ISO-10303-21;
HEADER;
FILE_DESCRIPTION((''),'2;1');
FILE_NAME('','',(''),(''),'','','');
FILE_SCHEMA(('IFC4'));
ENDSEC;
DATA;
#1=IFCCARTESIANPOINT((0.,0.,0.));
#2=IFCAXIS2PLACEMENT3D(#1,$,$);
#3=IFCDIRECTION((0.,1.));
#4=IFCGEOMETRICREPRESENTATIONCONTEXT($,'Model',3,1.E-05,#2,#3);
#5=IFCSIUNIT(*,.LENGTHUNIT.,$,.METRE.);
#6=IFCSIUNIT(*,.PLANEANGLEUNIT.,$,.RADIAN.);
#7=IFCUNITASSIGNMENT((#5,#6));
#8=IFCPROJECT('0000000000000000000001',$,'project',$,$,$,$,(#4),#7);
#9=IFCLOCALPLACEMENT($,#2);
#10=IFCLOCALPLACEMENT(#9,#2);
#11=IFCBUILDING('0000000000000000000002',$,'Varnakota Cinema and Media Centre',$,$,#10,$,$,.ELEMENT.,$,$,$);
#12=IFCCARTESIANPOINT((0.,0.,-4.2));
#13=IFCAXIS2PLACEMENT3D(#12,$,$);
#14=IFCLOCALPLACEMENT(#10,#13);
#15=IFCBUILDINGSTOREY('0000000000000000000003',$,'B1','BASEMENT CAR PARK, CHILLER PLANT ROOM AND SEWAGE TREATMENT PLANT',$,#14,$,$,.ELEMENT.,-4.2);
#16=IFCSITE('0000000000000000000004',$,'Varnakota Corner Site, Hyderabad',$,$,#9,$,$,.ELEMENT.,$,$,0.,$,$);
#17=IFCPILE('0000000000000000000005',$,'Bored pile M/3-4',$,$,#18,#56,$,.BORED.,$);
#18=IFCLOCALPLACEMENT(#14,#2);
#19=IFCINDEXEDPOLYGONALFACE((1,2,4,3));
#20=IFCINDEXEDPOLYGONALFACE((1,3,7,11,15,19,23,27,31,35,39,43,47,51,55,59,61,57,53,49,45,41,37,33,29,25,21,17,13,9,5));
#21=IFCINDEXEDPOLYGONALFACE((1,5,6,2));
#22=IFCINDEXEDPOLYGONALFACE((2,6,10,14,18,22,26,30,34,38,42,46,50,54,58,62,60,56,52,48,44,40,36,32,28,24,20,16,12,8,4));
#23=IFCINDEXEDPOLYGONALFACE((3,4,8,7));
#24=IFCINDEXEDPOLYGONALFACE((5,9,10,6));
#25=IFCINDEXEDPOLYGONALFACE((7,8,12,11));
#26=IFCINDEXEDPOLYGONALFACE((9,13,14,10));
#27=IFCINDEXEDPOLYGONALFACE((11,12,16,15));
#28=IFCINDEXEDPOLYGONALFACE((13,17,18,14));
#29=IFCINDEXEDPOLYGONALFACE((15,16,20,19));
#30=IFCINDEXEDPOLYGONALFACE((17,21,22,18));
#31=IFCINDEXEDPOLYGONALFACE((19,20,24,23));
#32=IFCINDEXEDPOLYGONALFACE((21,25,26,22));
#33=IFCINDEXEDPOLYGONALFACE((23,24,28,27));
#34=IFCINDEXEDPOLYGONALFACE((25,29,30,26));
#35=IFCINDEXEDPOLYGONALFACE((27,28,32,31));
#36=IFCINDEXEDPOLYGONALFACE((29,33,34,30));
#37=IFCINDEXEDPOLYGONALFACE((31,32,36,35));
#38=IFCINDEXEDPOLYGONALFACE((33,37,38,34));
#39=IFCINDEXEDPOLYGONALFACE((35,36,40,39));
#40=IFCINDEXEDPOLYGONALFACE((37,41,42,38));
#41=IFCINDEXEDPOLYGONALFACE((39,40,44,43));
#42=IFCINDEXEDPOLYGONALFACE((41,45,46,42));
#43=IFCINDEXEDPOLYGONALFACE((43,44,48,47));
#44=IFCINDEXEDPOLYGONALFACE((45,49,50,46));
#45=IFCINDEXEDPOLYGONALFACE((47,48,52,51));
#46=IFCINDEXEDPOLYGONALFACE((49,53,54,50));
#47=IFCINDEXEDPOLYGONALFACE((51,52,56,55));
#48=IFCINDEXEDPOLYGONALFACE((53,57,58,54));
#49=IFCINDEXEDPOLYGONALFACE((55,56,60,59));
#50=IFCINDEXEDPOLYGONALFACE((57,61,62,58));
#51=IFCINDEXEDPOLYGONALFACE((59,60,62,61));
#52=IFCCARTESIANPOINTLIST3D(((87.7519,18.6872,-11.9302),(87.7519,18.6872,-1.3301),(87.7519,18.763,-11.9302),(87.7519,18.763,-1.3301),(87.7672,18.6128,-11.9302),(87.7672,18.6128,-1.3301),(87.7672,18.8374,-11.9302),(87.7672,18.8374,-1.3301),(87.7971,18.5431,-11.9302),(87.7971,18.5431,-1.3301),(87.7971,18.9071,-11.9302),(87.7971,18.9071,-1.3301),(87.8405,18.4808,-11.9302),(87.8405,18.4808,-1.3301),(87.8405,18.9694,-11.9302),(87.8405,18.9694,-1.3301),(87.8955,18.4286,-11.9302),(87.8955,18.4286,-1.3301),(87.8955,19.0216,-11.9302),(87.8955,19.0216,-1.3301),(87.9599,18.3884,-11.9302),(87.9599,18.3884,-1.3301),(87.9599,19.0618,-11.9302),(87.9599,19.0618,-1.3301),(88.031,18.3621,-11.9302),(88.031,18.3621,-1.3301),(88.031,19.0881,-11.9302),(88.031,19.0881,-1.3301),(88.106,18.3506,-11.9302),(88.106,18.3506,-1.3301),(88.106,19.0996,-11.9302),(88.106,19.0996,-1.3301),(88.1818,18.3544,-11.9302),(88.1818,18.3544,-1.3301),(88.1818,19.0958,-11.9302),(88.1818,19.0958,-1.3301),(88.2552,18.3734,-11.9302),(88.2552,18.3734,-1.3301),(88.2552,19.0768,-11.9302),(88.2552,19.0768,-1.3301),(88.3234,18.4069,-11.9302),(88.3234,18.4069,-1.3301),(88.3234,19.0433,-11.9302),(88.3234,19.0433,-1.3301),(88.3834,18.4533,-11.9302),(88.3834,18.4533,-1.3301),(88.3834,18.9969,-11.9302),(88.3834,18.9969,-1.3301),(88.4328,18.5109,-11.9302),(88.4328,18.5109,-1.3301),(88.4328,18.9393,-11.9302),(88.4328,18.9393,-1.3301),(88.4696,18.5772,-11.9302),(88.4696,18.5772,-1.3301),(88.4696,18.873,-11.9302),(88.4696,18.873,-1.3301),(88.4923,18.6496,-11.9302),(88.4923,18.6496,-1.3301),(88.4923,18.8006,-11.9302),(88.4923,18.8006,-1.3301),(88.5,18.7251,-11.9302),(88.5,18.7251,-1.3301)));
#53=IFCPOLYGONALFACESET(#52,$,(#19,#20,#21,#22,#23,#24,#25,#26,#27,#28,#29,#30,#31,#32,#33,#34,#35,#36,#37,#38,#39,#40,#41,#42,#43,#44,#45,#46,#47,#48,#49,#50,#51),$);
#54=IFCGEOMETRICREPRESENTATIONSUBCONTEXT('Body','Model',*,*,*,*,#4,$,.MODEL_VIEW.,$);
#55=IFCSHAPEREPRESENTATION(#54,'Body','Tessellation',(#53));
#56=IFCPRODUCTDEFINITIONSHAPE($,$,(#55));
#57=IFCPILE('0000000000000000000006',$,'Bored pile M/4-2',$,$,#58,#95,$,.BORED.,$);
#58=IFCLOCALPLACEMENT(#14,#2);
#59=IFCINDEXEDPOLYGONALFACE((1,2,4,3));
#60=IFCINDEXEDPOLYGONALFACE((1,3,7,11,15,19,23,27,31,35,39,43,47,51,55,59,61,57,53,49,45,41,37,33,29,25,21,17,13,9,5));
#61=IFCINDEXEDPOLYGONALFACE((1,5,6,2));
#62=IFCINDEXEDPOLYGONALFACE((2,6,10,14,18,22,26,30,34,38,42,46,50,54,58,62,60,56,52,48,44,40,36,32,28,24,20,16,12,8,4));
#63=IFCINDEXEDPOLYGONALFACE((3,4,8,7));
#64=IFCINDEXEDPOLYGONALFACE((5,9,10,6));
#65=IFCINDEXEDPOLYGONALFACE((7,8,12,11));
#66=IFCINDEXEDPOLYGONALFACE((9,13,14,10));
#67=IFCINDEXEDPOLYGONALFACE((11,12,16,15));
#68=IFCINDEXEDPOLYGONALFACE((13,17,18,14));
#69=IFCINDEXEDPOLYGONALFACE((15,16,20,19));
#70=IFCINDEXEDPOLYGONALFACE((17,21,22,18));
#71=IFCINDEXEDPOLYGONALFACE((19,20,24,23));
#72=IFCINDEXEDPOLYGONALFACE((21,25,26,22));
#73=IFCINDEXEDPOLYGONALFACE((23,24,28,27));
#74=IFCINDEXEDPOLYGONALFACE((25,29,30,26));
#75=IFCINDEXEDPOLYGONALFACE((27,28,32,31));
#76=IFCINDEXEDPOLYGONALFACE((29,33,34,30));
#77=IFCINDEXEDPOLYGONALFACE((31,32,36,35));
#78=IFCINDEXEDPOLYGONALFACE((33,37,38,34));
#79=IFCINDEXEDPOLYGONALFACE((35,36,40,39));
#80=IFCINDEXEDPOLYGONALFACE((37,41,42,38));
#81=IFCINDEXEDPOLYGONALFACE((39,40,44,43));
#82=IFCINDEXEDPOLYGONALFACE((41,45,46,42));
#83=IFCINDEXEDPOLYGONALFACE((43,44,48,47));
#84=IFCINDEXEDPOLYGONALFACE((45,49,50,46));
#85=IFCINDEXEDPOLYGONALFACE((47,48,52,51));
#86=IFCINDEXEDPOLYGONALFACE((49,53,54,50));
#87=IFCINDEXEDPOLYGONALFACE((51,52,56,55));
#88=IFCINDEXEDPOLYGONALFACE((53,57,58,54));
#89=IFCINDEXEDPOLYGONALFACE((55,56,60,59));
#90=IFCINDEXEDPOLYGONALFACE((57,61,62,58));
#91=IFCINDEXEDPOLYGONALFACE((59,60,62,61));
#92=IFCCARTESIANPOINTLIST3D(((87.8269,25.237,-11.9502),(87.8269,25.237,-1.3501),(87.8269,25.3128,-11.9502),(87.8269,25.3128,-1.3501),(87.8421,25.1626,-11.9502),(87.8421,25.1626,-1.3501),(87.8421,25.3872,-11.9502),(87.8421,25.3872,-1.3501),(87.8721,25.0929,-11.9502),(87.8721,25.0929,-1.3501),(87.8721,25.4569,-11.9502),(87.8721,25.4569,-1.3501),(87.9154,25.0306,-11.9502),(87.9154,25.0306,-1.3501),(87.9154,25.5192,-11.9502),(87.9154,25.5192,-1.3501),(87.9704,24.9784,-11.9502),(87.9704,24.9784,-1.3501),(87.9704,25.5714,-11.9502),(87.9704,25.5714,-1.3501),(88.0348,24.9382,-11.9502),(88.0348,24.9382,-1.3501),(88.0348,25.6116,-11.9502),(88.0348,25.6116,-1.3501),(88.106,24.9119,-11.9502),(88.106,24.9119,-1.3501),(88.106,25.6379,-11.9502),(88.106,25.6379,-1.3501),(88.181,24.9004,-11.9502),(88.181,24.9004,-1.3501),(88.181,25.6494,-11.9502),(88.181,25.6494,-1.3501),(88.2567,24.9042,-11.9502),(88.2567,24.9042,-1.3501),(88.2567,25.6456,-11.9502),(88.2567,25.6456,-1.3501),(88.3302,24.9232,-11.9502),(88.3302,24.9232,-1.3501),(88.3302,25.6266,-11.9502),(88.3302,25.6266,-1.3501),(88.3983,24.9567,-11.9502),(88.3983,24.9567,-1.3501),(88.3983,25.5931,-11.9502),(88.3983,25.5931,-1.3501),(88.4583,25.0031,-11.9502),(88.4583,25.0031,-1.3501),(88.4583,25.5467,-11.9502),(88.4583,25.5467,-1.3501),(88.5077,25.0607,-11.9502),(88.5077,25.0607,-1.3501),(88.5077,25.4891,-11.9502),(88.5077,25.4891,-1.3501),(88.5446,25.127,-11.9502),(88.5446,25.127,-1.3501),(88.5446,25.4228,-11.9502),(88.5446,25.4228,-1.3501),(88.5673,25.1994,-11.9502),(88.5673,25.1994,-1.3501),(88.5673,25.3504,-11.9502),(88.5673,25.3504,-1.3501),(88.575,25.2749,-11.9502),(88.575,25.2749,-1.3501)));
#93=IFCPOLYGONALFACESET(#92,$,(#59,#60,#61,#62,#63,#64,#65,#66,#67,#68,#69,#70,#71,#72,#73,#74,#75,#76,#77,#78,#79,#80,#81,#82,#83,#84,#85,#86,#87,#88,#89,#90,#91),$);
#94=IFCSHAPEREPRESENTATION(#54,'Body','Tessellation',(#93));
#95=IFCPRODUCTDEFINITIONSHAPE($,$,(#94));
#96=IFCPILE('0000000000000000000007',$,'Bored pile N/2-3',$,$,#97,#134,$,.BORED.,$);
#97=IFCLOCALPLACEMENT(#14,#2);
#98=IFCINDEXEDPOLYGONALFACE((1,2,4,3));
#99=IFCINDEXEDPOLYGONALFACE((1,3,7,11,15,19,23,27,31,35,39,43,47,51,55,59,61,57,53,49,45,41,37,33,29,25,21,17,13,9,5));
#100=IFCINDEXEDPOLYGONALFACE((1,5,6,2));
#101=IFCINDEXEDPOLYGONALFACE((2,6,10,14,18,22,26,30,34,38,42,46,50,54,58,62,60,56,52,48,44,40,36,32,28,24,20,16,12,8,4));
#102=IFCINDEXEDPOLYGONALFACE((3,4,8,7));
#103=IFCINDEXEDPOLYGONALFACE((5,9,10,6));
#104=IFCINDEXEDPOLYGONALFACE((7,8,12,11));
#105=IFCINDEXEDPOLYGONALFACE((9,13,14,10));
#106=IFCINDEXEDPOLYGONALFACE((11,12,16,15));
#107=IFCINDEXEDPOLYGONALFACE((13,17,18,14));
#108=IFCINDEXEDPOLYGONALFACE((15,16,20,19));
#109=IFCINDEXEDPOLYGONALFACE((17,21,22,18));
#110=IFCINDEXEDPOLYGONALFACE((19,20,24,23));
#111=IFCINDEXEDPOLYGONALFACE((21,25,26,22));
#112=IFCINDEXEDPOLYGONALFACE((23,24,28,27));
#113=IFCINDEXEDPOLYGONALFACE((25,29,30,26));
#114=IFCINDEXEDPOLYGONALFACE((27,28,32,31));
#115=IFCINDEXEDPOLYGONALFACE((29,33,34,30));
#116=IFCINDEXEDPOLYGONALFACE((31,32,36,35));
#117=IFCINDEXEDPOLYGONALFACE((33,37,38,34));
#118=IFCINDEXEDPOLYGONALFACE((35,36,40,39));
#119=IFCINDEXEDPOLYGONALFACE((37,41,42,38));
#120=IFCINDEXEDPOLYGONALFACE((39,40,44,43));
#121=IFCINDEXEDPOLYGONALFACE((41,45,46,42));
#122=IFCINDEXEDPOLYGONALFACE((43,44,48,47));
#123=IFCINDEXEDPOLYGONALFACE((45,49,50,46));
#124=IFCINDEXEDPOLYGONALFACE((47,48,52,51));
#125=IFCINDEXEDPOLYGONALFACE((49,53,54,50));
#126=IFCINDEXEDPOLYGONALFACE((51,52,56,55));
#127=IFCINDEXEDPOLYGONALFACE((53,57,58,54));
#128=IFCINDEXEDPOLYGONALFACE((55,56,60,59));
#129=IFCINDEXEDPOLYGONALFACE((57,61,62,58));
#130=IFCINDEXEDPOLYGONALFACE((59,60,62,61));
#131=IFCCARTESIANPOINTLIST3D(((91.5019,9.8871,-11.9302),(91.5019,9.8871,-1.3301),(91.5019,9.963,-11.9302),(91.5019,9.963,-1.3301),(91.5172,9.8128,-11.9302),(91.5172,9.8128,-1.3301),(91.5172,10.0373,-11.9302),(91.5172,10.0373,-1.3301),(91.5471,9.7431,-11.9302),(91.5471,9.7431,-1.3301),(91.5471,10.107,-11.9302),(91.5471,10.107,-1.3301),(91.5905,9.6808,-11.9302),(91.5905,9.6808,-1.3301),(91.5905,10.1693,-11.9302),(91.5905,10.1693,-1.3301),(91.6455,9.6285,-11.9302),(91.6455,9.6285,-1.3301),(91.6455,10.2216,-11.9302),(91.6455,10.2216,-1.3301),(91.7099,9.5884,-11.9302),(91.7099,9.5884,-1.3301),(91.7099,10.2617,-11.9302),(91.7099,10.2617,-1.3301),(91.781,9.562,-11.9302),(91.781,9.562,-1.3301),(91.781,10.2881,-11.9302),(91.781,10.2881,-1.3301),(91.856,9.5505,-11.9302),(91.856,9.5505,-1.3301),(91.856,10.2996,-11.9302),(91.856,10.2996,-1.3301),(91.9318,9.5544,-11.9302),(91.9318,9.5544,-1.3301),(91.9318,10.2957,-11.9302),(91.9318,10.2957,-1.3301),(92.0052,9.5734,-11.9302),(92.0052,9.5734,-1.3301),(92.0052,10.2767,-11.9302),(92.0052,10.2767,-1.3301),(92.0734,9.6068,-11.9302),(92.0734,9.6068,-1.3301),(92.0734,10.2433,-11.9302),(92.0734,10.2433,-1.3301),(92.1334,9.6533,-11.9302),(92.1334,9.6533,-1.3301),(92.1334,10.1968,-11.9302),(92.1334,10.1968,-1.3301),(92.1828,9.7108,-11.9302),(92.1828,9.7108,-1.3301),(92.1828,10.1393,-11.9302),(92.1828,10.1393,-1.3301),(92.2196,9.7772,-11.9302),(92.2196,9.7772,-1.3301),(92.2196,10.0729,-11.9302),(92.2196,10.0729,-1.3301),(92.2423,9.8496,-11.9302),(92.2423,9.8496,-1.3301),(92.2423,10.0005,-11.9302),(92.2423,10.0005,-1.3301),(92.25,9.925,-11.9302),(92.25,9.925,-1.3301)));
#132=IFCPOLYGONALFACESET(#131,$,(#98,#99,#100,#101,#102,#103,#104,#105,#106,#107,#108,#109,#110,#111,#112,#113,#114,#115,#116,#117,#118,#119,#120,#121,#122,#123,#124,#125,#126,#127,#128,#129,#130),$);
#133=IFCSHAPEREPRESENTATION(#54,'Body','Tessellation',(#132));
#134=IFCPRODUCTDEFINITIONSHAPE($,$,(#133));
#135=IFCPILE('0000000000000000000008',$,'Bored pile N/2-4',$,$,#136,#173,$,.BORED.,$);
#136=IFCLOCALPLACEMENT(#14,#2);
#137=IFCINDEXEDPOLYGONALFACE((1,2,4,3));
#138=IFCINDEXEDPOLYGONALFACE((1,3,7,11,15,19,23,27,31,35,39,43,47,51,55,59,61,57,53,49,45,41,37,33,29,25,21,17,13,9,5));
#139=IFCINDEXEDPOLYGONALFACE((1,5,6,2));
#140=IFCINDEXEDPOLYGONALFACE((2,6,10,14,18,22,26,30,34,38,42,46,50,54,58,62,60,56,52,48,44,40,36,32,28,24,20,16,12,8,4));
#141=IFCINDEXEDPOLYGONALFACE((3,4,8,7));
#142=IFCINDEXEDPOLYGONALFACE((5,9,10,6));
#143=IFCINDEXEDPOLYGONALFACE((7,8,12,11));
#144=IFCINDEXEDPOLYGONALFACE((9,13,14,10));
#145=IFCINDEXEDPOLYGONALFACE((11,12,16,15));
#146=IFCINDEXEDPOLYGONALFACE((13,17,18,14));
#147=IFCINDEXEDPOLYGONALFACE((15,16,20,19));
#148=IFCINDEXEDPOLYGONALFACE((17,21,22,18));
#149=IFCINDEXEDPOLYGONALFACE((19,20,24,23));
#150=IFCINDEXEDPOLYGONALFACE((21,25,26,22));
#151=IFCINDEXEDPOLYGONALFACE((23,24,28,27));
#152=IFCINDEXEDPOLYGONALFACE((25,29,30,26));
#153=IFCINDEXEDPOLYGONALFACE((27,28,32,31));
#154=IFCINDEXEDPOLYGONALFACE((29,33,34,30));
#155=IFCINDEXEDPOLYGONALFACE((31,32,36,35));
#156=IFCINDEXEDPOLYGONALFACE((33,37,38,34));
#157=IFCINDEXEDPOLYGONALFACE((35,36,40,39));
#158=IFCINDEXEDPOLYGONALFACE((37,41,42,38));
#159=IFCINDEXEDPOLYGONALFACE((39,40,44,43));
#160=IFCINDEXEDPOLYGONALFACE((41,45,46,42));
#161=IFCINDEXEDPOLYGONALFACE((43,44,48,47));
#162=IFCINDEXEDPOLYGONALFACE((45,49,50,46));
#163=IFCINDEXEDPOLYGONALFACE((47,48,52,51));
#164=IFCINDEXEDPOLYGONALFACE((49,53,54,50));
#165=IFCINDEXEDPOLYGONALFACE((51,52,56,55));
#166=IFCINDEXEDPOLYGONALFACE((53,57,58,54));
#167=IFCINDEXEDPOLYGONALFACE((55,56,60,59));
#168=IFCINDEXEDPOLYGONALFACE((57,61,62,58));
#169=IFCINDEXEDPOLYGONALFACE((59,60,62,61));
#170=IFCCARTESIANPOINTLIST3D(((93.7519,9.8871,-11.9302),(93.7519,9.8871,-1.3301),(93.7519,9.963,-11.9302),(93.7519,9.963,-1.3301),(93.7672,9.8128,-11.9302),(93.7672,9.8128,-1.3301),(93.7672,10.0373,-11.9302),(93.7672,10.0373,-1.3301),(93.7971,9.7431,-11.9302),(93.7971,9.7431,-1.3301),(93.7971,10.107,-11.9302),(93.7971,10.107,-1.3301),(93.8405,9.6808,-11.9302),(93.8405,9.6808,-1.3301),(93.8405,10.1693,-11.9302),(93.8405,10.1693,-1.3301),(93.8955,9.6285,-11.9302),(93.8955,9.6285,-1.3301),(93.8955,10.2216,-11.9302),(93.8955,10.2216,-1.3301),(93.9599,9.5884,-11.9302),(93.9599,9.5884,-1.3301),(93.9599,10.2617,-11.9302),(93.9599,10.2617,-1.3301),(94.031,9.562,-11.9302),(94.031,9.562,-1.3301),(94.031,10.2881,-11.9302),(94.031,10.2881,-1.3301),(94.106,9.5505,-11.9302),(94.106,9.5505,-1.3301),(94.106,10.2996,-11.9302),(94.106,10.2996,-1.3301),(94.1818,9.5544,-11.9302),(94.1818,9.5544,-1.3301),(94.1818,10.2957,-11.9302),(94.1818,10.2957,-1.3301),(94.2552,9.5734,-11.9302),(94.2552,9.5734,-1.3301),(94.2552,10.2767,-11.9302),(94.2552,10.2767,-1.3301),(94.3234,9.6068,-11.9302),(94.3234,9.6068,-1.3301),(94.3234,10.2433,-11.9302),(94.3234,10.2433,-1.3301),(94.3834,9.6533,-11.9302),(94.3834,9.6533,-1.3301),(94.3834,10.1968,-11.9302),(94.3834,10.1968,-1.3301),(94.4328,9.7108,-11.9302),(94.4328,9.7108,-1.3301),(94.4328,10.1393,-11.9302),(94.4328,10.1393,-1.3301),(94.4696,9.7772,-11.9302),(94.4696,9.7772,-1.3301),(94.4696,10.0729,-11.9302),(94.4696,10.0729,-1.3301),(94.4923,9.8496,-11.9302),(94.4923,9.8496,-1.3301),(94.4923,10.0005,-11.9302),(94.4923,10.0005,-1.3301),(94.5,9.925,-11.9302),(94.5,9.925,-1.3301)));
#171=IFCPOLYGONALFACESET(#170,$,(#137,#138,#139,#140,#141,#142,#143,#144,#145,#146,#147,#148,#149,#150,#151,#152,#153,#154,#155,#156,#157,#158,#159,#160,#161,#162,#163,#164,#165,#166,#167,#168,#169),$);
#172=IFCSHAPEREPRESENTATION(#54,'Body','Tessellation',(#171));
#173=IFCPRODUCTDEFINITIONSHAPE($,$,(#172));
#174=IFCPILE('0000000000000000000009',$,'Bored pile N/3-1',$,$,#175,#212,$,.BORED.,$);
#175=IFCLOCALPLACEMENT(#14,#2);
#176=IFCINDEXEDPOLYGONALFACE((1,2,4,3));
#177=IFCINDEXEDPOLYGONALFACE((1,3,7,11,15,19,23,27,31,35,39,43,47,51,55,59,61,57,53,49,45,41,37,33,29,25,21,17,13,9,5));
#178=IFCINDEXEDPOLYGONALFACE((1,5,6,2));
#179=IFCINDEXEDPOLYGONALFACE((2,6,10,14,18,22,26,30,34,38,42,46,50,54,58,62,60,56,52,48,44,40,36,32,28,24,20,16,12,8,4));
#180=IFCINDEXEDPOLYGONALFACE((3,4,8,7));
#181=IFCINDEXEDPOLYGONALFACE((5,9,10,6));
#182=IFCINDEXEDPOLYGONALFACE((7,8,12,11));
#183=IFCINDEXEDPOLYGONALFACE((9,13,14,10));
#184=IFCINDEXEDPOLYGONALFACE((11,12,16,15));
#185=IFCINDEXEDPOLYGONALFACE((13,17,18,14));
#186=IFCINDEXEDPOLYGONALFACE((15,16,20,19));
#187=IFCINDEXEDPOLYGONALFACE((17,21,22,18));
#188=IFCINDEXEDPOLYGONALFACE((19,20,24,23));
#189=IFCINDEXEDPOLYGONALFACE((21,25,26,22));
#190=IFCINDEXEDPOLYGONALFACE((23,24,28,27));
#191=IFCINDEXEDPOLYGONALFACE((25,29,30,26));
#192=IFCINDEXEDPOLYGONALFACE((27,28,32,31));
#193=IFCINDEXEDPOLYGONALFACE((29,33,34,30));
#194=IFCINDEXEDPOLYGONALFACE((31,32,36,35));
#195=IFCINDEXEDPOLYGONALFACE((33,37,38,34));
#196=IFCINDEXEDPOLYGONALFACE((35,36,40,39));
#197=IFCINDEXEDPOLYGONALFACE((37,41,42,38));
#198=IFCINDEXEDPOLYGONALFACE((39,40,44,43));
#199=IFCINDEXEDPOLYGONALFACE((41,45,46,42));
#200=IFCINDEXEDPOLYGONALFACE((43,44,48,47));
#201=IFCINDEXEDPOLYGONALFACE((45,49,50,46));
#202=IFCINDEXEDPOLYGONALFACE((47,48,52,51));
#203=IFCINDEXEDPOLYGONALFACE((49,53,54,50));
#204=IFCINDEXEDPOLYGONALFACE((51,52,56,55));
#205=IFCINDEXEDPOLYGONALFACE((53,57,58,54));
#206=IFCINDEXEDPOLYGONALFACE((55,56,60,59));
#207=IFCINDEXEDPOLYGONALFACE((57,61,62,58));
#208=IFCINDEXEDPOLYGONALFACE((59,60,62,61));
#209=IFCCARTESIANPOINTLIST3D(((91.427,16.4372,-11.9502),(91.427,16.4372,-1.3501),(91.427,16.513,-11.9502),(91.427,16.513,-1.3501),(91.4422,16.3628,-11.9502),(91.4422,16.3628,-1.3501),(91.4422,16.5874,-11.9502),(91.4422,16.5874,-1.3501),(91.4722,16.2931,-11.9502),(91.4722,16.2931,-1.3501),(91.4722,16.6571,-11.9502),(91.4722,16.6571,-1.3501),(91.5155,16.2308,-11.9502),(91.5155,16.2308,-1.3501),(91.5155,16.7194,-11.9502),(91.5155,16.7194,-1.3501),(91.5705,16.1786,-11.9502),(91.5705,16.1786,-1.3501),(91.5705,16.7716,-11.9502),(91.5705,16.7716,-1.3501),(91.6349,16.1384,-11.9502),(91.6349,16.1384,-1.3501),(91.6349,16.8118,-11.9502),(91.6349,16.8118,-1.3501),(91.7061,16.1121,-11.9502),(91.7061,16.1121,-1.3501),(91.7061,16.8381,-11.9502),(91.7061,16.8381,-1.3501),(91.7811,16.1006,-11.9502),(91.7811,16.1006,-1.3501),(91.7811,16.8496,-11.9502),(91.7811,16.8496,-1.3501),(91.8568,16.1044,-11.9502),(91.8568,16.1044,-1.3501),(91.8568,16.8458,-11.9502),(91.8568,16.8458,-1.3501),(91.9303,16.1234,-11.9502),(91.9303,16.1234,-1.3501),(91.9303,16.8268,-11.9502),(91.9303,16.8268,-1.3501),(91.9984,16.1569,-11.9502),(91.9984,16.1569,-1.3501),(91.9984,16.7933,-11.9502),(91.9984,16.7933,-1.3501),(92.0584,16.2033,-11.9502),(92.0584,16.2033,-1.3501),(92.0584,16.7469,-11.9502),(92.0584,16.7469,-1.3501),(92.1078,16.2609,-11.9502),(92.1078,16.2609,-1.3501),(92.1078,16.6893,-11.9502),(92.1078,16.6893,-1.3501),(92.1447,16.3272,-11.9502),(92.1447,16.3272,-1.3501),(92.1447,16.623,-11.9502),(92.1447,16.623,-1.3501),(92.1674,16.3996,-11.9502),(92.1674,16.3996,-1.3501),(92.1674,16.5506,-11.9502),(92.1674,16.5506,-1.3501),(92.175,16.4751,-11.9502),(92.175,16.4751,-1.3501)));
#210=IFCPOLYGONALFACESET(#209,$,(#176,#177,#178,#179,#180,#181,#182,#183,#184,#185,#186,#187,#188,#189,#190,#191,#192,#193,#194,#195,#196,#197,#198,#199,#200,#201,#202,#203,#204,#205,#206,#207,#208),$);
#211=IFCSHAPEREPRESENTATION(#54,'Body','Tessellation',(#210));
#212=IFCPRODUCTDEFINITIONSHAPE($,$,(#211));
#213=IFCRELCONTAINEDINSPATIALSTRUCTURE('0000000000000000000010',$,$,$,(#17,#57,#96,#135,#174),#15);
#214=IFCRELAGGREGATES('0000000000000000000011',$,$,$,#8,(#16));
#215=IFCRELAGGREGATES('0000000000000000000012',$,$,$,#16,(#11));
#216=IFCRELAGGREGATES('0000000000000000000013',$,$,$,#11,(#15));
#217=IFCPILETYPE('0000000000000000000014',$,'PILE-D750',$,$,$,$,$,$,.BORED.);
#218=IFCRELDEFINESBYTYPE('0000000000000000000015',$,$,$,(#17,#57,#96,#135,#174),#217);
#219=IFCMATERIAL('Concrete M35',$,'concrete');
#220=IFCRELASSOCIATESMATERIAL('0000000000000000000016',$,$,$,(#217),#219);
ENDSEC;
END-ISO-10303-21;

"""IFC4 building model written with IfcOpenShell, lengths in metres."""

from ifc_helpers import new_model, si_unit, direction, frame, origin, origin_2d, place, context, subcontext, project, spatial, circle, extrude, material, material_profile, profile_set, type_object, element, save


model = new_model("IFC4")

# Units and contexts
model_context = context("Model", 3, precision=1e-05, world=origin(), true_north=direction((0.0, 1.0)))
body_context = subcontext(model_context, "Body", "Model", "MODEL_VIEW")
ifc_project = project(units=[si_unit("LENGTHUNIT", "METRE"), si_unit("PLANEANGLEUNIT", "RADIAN")], contexts=[model_context])

# Site, building, storey
site_placement = place(None, origin())
site = spatial("IfcSite", under=ifc_project, at=site_placement, Name="Varnakota Corner Site, Hyderabad", CompositionType="ELEMENT", RefElevation=0.0)
building_placement = place(site_placement, origin())
building = spatial("IfcBuilding", under=site, at=building_placement, Name="Varnakota Cinema and Media Centre", CompositionType="ELEMENT")
storey_placement = place(building_placement, frame((0.0, 0.0, -4.2)))
storey = spatial("IfcBuildingStorey", under=building, at=storey_placement, Name="B1", Description="BASEMENT CAR PARK, CHILLER PLANT ROOM AND SEWAGE TREATMENT PLANT", CompositionType="ELEMENT", Elevation=-4.2)

# Piles
ifc_material_1 = material(Name="Concrete M35", Category="concrete")
ifc_material_profile_1 = material_profile(ifc_material_1, circle(Radius=0.375, at=origin_2d()), Name="PILE D750")
ifc_profile_set_1 = profile_set([ifc_material_profile_1], Name="Concrete M35")
pile_type_1 = type_object("IfcPileType", Name="PILE-D750", PredefinedType="BORED", material=ifc_profile_set_1)
for number, where, z_axis, x_axis, name in (
    (1, (88.125, 18.7251, -1.3301), (0.0, 0.0, -1.0), (1.0, 0.0, 0.0), "Bored pile M/3-4"),
    (2, (88.2, 25.2749, -1.3501), (0.0, 0.0, -1.0), (1.0, 0.0, 0.0), "Bored pile M/4-2"),
    (3, (91.875, 9.925, -1.3301), (0.0, 0.0, -1.0), (1.0, 0.0, 0.0), "Bored pile N/2-3"),
    (4, (94.125, 9.925, -1.3301), (0.0, 0.0, -1.0), (1.0, 0.0, 0.0), "Bored pile N/2-4"),
    (5, (91.8, 16.4751, -1.3501), (0.0, 0.0, -1.0), (1.0, 0.0, 0.0), "Bored pile N/3-1"),
):
    element("IfcPile", number, at=place(storey_placement, frame(where, z_axis=z_axis, x_axis=x_axis)), inside=storey, type_object=pile_type_1, Name=name, PredefinedType="BORED", context=body_context, shape_type="SweptSolid", body=[
        extrude(circle(Radius=0.375, at=origin_2d()), origin(), (0.0, 0.0, 1.0), 10.6001),
    ])

save(model, "model.ifc")
